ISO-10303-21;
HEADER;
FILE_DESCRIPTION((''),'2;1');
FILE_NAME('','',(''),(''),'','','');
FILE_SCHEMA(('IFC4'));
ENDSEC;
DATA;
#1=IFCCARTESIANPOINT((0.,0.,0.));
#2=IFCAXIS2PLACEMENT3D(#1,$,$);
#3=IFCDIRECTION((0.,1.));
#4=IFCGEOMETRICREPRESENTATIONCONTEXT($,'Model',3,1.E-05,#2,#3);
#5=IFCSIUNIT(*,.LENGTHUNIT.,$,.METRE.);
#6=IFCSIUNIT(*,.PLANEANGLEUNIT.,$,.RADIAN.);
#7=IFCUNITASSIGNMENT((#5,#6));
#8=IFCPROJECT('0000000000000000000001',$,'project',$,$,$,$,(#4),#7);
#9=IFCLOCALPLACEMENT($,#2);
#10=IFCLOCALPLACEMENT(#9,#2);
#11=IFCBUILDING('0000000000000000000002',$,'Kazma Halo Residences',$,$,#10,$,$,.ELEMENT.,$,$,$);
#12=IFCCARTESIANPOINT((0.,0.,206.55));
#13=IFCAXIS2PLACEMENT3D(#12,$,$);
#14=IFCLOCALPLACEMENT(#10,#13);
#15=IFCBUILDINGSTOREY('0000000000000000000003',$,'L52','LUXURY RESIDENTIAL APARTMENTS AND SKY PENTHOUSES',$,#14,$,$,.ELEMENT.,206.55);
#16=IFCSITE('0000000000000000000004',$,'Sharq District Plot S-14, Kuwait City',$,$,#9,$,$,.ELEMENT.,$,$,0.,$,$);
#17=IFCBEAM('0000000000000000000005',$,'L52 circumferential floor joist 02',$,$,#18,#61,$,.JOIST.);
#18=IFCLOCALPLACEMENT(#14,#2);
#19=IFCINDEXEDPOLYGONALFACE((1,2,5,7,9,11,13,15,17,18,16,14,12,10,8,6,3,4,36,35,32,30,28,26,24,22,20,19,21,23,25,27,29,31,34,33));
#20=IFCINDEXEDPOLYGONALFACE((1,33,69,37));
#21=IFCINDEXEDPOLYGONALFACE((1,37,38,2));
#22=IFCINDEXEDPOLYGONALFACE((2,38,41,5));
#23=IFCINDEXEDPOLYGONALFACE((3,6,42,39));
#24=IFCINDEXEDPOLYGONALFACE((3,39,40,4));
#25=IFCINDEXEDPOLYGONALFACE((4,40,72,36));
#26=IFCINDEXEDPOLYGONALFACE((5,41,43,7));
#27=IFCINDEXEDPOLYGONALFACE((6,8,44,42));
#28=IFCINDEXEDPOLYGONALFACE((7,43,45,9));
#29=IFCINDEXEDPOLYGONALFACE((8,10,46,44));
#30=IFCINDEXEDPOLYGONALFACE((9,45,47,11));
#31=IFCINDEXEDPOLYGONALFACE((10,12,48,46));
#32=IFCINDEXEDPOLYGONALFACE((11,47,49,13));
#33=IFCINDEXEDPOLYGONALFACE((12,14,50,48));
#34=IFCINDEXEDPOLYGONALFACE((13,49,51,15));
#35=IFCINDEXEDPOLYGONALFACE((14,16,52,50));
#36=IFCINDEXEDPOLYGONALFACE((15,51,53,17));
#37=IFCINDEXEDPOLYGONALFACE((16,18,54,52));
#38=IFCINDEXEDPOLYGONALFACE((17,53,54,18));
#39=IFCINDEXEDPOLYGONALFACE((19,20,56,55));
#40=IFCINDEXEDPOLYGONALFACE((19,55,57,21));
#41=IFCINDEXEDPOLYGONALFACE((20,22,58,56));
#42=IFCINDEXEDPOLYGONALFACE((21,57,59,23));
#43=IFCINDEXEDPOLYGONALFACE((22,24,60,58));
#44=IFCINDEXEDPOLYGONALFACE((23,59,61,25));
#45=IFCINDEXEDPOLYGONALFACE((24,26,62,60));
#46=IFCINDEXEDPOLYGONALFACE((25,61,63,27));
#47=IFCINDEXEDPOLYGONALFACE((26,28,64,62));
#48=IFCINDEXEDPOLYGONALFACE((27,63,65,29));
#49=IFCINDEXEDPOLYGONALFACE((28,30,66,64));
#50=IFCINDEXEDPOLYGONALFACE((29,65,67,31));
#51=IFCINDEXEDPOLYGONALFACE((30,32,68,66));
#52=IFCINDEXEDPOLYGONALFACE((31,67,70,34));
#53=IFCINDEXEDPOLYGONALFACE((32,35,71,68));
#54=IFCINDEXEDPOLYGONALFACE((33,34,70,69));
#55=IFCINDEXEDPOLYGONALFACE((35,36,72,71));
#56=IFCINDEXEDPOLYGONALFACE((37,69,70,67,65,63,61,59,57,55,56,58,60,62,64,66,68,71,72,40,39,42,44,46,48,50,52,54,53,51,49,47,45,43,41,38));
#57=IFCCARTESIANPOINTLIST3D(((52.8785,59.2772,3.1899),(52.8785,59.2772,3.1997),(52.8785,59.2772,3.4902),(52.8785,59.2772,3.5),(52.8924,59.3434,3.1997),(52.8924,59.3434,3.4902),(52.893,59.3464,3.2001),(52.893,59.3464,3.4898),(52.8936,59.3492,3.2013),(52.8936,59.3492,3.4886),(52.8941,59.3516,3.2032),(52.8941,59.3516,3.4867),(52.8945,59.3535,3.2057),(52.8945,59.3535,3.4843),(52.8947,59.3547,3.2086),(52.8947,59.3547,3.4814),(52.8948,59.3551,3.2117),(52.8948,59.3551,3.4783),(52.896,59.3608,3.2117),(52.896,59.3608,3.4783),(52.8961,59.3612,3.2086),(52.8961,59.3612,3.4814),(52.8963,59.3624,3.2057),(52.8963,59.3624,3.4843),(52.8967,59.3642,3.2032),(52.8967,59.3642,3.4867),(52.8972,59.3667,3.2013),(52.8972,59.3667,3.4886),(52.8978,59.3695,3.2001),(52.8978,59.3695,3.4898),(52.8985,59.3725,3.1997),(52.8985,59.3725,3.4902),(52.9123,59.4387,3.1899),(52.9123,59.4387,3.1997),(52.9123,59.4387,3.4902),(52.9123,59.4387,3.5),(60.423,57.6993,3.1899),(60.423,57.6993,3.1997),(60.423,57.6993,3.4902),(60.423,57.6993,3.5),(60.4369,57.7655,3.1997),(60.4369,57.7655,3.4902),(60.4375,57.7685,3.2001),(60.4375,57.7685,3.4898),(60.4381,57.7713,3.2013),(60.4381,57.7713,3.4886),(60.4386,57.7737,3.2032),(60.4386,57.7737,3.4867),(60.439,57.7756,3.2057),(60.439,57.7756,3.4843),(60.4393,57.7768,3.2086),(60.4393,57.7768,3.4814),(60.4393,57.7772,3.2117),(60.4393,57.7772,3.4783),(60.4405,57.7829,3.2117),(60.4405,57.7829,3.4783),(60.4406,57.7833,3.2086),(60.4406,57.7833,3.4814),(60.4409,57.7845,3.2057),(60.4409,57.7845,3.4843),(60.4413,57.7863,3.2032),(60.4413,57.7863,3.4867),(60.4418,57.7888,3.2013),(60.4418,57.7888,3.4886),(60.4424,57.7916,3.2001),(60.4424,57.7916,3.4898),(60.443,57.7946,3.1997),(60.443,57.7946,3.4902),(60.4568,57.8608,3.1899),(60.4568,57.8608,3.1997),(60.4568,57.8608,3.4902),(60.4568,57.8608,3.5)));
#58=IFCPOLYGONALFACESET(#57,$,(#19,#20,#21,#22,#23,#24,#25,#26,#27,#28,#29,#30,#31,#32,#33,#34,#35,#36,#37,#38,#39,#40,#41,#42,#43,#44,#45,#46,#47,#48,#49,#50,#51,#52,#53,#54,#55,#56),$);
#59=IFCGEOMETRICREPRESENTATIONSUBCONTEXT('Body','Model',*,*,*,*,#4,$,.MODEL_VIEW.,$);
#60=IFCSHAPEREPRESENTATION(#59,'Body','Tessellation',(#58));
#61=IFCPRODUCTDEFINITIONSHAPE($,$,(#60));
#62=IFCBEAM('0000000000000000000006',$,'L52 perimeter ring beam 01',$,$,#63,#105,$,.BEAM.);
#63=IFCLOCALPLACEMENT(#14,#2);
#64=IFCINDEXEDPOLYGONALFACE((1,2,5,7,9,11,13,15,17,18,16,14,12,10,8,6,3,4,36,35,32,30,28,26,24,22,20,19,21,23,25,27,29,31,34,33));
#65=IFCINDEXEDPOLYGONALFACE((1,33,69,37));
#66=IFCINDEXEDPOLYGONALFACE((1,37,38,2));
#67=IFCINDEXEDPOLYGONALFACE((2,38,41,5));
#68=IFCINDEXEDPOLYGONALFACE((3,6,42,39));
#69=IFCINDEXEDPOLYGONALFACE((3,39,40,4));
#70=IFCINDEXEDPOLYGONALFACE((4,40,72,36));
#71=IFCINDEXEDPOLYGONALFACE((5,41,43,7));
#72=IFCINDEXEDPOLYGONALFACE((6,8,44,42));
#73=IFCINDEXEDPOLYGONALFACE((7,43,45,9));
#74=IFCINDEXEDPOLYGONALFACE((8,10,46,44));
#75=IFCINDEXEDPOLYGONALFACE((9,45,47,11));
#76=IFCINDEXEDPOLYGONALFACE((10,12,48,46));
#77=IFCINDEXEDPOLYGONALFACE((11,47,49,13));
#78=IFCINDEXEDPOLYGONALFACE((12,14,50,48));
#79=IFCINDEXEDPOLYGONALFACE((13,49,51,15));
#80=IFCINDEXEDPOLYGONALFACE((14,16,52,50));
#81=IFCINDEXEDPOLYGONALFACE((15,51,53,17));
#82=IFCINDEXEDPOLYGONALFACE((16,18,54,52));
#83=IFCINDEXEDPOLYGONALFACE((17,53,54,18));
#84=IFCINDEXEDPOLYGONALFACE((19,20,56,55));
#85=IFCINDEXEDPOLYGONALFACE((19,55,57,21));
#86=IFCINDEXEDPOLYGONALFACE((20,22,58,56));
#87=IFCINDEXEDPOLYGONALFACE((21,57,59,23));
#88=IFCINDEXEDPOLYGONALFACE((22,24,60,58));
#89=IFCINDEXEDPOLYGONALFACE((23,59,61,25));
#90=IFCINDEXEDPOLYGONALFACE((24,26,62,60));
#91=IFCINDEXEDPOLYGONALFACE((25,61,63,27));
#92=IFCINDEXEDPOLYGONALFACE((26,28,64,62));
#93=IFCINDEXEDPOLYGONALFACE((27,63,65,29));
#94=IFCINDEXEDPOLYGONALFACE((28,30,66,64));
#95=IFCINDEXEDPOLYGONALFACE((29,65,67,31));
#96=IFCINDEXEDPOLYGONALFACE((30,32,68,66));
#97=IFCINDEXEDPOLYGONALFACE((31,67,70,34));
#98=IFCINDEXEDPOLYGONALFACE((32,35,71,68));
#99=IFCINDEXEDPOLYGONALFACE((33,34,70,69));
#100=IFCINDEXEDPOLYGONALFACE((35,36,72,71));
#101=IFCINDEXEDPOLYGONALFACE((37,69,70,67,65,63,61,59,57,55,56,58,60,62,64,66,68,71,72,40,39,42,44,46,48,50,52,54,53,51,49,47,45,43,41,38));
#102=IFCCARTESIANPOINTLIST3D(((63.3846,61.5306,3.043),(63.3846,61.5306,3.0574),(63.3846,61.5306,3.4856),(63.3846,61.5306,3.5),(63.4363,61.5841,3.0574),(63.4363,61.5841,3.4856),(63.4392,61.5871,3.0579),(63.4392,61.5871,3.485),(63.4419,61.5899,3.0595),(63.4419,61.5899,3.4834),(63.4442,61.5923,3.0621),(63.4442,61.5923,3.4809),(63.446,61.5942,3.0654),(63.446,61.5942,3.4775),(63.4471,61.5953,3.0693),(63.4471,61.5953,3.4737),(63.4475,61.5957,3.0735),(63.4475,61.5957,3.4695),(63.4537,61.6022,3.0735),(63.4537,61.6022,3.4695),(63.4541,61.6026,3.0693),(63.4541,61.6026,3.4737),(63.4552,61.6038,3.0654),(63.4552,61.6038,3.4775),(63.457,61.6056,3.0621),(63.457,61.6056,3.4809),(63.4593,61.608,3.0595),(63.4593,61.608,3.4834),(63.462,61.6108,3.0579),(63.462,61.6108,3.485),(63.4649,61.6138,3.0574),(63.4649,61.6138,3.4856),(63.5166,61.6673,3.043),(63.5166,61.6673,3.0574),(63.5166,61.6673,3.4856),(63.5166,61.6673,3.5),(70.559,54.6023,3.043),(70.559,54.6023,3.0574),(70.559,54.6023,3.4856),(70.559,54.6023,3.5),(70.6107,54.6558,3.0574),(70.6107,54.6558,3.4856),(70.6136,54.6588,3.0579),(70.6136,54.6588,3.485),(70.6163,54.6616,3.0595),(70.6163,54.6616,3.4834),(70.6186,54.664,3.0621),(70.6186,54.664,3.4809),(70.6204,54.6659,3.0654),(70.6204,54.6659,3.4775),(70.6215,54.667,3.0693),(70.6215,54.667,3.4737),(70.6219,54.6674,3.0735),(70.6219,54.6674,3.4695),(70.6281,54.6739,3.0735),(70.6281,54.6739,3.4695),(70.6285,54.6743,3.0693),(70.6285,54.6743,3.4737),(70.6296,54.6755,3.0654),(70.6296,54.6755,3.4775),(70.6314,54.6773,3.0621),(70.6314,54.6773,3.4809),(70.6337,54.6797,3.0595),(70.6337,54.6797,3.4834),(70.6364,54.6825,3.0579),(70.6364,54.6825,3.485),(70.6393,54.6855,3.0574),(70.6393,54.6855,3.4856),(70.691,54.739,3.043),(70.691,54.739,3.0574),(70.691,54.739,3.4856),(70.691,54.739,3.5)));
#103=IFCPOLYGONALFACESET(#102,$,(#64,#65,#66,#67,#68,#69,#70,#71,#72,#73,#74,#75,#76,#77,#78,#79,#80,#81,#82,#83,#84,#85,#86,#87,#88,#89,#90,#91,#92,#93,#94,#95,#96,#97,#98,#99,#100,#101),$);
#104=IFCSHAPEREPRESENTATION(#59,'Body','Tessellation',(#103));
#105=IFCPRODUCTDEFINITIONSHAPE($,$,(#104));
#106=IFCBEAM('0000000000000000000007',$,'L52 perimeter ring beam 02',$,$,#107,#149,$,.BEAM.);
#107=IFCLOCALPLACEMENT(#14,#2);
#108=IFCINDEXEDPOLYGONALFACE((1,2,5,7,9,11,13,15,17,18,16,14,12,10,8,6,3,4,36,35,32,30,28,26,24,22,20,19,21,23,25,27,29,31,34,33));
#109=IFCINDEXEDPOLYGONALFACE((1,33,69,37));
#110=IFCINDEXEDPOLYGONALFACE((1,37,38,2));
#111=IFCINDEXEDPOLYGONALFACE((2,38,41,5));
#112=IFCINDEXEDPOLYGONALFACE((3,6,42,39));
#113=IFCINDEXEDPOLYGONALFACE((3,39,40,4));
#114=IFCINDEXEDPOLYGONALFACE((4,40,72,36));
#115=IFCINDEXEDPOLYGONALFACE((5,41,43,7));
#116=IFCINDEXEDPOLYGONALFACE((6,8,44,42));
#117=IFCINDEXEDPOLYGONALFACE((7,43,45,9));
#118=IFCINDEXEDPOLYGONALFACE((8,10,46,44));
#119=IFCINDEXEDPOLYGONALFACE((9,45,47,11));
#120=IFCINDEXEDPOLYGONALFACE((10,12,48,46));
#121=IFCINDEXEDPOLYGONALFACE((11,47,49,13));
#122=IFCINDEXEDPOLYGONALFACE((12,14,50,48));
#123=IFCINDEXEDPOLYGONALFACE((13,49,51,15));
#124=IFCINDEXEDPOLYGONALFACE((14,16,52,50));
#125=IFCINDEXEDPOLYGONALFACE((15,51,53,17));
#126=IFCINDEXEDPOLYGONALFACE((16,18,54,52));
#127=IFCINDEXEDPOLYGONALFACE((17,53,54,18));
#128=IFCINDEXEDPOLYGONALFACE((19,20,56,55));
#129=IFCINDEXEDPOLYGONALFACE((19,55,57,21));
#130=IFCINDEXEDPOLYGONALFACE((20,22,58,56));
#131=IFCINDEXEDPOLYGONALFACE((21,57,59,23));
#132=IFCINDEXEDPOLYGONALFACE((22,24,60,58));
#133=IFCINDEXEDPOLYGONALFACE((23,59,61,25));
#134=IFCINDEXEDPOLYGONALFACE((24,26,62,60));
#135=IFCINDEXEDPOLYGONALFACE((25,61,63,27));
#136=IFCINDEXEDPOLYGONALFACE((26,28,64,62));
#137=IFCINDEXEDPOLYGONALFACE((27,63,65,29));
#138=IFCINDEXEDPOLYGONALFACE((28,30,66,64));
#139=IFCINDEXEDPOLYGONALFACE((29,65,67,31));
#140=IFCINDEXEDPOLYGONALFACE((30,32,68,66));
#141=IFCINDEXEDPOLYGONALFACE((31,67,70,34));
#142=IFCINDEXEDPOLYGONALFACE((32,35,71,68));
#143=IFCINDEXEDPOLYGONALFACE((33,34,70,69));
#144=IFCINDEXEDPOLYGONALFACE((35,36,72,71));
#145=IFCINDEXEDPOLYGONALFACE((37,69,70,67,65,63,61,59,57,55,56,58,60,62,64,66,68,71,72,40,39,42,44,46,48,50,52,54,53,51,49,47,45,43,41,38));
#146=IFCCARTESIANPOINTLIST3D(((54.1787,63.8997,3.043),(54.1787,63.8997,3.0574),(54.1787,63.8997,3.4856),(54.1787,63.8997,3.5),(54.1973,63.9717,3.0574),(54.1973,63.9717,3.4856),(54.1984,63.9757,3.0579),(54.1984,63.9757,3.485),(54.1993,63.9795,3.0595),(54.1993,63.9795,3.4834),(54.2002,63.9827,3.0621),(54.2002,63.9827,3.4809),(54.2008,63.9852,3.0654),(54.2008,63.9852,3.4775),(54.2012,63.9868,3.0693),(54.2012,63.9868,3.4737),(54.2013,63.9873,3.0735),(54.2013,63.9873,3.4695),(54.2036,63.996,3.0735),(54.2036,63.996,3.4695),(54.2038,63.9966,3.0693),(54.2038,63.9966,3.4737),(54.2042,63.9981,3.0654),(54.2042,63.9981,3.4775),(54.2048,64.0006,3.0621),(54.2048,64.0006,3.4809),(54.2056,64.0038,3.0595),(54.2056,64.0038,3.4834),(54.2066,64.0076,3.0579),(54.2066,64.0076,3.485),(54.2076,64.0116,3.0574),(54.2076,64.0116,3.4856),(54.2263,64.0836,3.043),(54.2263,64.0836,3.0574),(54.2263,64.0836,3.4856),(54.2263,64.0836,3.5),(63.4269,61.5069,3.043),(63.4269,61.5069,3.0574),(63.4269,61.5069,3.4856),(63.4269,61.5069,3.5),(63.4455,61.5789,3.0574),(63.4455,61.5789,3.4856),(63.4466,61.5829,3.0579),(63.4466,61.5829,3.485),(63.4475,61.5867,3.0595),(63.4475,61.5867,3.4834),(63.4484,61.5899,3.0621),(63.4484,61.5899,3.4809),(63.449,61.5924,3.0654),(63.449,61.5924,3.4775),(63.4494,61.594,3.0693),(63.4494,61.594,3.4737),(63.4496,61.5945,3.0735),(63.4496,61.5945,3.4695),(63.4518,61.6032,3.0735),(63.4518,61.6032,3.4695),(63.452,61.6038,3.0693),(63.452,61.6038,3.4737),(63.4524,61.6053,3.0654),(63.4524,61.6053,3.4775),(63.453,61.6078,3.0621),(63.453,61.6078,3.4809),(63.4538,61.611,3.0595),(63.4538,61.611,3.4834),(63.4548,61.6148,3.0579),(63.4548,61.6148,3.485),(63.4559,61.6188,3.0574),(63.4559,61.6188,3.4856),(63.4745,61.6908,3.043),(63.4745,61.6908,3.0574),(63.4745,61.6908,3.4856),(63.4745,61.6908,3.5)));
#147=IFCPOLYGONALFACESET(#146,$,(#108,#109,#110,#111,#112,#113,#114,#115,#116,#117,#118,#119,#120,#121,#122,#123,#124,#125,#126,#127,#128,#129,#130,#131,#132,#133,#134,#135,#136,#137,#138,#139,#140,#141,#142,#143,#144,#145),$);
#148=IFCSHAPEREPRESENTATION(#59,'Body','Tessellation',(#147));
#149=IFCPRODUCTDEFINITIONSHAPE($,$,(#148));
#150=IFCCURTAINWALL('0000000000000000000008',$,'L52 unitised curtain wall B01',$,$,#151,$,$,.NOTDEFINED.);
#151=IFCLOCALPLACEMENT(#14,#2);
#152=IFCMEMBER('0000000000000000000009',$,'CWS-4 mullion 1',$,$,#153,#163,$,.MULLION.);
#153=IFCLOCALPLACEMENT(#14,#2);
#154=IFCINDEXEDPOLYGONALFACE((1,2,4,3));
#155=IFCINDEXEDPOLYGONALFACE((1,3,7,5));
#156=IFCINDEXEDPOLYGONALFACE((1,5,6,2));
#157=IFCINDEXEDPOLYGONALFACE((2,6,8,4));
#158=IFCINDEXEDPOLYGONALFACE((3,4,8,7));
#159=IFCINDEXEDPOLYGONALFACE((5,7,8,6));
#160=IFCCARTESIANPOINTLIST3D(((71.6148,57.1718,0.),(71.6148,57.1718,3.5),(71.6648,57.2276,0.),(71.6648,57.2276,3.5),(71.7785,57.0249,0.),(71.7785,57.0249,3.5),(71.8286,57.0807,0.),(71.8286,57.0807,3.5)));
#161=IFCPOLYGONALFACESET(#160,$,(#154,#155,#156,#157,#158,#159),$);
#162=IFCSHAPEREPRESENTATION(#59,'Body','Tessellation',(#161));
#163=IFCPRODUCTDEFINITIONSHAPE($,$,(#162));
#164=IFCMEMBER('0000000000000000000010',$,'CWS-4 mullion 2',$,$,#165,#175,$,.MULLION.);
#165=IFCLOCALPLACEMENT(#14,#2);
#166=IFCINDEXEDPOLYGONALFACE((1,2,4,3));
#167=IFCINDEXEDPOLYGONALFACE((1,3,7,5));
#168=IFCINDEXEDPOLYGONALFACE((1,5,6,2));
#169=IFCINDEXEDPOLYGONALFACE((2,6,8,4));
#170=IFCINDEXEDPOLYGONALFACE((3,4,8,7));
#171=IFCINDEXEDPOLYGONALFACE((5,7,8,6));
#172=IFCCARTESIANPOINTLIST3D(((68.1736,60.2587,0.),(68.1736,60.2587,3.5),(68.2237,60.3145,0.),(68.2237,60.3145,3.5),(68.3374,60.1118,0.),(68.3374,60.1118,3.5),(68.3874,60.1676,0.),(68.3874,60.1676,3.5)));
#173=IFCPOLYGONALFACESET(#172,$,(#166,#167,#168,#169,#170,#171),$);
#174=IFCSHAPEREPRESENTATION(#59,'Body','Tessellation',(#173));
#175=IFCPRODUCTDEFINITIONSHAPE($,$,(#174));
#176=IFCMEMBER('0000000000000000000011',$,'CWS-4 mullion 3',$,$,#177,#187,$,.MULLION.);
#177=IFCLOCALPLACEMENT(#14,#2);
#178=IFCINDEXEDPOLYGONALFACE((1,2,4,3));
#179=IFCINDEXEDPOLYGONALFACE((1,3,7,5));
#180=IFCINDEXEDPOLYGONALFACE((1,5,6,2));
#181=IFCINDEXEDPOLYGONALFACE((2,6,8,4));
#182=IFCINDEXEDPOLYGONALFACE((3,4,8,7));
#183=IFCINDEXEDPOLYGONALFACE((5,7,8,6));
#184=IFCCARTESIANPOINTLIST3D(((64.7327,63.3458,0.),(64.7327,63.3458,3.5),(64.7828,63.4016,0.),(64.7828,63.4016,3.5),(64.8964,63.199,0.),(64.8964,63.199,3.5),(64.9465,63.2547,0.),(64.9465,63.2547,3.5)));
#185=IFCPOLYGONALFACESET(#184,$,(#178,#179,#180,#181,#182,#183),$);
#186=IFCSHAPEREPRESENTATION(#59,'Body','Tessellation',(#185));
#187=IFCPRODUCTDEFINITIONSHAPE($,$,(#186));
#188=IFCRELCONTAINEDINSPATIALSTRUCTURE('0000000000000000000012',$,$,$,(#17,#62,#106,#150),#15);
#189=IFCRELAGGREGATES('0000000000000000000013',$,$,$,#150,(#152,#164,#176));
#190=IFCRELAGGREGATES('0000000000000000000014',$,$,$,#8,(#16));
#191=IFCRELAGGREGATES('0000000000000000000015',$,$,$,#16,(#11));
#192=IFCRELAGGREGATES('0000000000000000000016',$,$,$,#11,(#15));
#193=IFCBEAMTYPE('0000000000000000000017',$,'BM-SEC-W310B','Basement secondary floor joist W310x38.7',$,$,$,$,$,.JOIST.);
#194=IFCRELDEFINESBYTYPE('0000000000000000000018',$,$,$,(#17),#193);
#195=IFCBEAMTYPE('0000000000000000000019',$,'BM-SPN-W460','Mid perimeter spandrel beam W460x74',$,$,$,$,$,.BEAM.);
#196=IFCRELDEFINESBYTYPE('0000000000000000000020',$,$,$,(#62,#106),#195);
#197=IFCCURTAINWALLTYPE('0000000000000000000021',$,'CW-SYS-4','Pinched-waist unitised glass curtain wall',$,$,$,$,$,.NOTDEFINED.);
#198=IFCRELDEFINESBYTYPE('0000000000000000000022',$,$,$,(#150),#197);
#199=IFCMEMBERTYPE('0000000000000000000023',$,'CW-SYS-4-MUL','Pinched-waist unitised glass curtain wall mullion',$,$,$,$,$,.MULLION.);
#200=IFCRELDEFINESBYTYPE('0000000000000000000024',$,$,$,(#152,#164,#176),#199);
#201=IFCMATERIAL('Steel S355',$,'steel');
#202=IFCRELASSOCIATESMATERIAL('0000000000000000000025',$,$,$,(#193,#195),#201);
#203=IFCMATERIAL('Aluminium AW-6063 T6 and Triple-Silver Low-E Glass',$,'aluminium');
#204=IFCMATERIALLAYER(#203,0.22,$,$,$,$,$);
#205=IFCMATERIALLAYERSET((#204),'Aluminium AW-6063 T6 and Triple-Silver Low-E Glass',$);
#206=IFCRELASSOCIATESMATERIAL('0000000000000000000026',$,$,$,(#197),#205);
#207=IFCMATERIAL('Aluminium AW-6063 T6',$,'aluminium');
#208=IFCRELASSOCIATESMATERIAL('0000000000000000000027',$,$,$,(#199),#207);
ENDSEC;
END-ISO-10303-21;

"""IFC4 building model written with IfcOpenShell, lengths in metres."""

from ifc_helpers import new_model, si_unit, direction, frame, origin, origin_2d, place, context, subcontext, project, spatial, rectangle, i_section, extrude, material, layer, layer_set, material_profile, profile_set, type_object, element, aggregate, save


model = new_model("IFC4")

# Units and contexts
model_context = context("Model", 3, precision=1e-05, world=origin(), true_north=direction((0.0, 1.0)))
body_context = subcontext(model_context, "Body", "Model", "MODEL_VIEW")
ifc_project = project(units=[si_unit("LENGTHUNIT", "METRE"), si_unit("PLANEANGLEUNIT", "RADIAN")], contexts=[model_context])

# Site, building, storey
site_placement = place(None, origin())
site = spatial("IfcSite", under=ifc_project, at=site_placement, Name="Sharq District Plot S-14, Kuwait City", CompositionType="ELEMENT", RefElevation=0.0)
building_placement = place(site_placement, origin())
building = spatial("IfcBuilding", under=site, at=building_placement, Name="Kazma Halo Residences", CompositionType="ELEMENT")
storey_placement = place(building_placement, frame((0.0, 0.0, 206.55)))
storey = spatial("IfcBuildingStorey", under=building, at=storey_placement, Name="L52", Description="LUXURY RESIDENTIAL APARTMENTS AND SKY PENTHOUSES", CompositionType="ELEMENT", Elevation=206.55)

# Beams
ifc_material_1 = material(Name="Steel S355", Category="steel")
ifc_material_profile_1 = material_profile(ifc_material_1, i_section(OverallWidth=0.165, OverallDepth=0.3101, WebThickness=0.0059, FlangeThickness=0.0098, FilletRadius=0.012, at=origin_2d()), Name="W310x38.7")
ifc_profile_set_1 = profile_set([ifc_material_profile_1], Name="Steel S355")
beam_type_1 = type_object("IfcBeamType", Name="BM-SEC-W310B", Description="Basement secondary floor joist W310x38.7", PredefinedType="JOIST", material=ifc_profile_set_1)
beam_1_placement = place(storey_placement, frame((60.4399, 57.78, 3.345), z_axis=(-0.978821, 0.204716, 0.0), x_axis=(-0.204716, -0.978821, 0.0)))
element("IfcBeam", 1, at=beam_1_placement, inside=storey, type_object=beam_type_1, Name="L52 circumferential floor joist 02", PredefinedType="JOIST", context=body_context, shape_type="SweptSolid", body=[
    extrude(i_section(OverallWidth=0.165, OverallDepth=0.3101, WebThickness=0.0059, FlangeThickness=0.0098, FilletRadius=0.012, at=origin_2d()), origin(), (0.0, 0.0, 1.0), 7.7078),
])
ifc_material_profile_2 = material_profile(ifc_material_1, i_section(OverallWidth=0.1899, OverallDepth=0.457, WebThickness=0.009, FlangeThickness=0.0144, FilletRadius=0.0161, at=origin_2d()), Name="W460x74")
ifc_profile_set_2 = profile_set([ifc_material_profile_2], Name="Steel S355")
beam_type_2 = type_object("IfcBeamType", Name="BM-SPN-W460", Description="Mid perimeter spandrel beam W460x74", PredefinedType="BEAM", material=ifc_profile_set_2)
beam_2_placement = place(storey_placement, frame((70.625, 54.6707, 3.2715), z_axis=(-0.719337, 0.694662, 0.0), x_axis=(-0.694662, -0.719337, 0.0)))
element("IfcBeam", 2, at=beam_2_placement, inside=storey, type_object=beam_type_2, Name="L52 perimeter ring beam 01", PredefinedType="BEAM", context=body_context, shape_type="SweptSolid", body=[
    extrude(i_section(OverallWidth=0.1899, OverallDepth=0.457, WebThickness=0.009, FlangeThickness=0.0144, FilletRadius=0.0161, at=origin_2d()), origin(), (0.0, 0.0, 1.0), 9.9736),
])
beam_3_placement = place(storey_placement, frame((63.4507, 61.5989, 3.2715), z_axis=(-0.968121, 0.250483, 0.0), x_axis=(-0.250483, -0.968121, 0.0)))
element("IfcBeam", 3, at=beam_3_placement, inside=storey, type_object=beam_type_2, Name="L52 perimeter ring beam 02", PredefinedType="BEAM", context=body_context, shape_type="SweptSolid", body=[
    extrude(i_section(OverallWidth=0.1899, OverallDepth=0.457, WebThickness=0.009, FlangeThickness=0.0144, FilletRadius=0.0161, at=origin_2d()), origin(), (0.0, 0.0, 1.0), 9.5527),
])

# Curtain wall, members
ifc_material_2 = material(Name="Aluminium AW-6063 T6 and Triple-Silver Low-E Glass", Category="aluminium")
ifc_layer_1 = layer(ifc_material_2, 0.22)
ifc_layer_set_1 = layer_set([ifc_layer_1], Name="Aluminium AW-6063 T6 and Triple-Silver Low-E Glass")
curtain_wall_type = type_object("IfcCurtainWallType", Name="CW-SYS-4", Description="Pinched-waist unitised glass curtain wall", PredefinedType="NOTDEFINED", material=ifc_layer_set_1)
curtain_wall_1_placement = place(storey_placement, origin())
curtain_wall_1 = element("IfcCurtainWall", 4, at=curtain_wall_1_placement, inside=storey, type_object=curtain_wall_type, Name="L52 unitised curtain wall B01", PredefinedType="NOTDEFINED")
ifc_material_3 = material(Name="Aluminium AW-6063 T6", Category="aluminium")
ifc_material_profile_3 = material_profile(ifc_material_3, rectangle(XDim=0.075, YDim=0.22, at=origin_2d()), Name="CWM-75x220")
ifc_profile_set_3 = profile_set([ifc_material_profile_3], Name="Aluminium AW-6063 T6")
member_type_1 = type_object("IfcMemberType", Name="CW-SYS-4-MUL", Description="Pinched-waist unitised glass curtain wall mullion", PredefinedType="MULLION", material=ifc_profile_set_3)
member_1_placement = place(storey_placement, frame((71.7217, 57.1262, 0.0), z_axis=(0.0, 0.0, 1.0), x_axis=(-0.667784, -0.744355, 0.0)))
member_1 = element("IfcMember", 5, at=member_1_placement, type_object=member_type_1, Name="CWS-4 mullion 1", PredefinedType="MULLION", context=body_context, shape_type="SweptSolid", body=[
    extrude(rectangle(XDim=0.075, YDim=0.22, at=origin_2d()), origin(), (0.0, 0.0, 1.0), 3.5),
])
member_2_placement = place(storey_placement, frame((68.2805, 60.2131, 0.0), z_axis=(0.0, 0.0, 1.0), x_axis=(-0.667784, -0.744355, 0.0)))
member_2 = element("IfcMember", 6, at=member_2_placement, type_object=member_type_1, Name="CWS-4 mullion 2", PredefinedType="MULLION", context=body_context, shape_type="SweptSolid", body=[
    extrude(rectangle(XDim=0.075, YDim=0.22, at=origin_2d()), origin(), (0.0, 0.0, 1.0), 3.5),
])
member_3_placement = place(storey_placement, frame((64.8396, 63.3003, 0.0), z_axis=(0.0, 0.0, 1.0), x_axis=(-0.667784, -0.744355, 0.0)))
member_3 = element("IfcMember", 7, at=member_3_placement, type_object=member_type_1, Name="CWS-4 mullion 3", PredefinedType="MULLION", context=body_context, shape_type="SweptSolid", body=[
    extrude(rectangle(XDim=0.075, YDim=0.22, at=origin_2d()), origin(), (0.0, 0.0, 1.0), 3.5),
])

aggregate(curtain_wall_1, [member_1, member_2, member_3])

save(model, "model.ifc")
